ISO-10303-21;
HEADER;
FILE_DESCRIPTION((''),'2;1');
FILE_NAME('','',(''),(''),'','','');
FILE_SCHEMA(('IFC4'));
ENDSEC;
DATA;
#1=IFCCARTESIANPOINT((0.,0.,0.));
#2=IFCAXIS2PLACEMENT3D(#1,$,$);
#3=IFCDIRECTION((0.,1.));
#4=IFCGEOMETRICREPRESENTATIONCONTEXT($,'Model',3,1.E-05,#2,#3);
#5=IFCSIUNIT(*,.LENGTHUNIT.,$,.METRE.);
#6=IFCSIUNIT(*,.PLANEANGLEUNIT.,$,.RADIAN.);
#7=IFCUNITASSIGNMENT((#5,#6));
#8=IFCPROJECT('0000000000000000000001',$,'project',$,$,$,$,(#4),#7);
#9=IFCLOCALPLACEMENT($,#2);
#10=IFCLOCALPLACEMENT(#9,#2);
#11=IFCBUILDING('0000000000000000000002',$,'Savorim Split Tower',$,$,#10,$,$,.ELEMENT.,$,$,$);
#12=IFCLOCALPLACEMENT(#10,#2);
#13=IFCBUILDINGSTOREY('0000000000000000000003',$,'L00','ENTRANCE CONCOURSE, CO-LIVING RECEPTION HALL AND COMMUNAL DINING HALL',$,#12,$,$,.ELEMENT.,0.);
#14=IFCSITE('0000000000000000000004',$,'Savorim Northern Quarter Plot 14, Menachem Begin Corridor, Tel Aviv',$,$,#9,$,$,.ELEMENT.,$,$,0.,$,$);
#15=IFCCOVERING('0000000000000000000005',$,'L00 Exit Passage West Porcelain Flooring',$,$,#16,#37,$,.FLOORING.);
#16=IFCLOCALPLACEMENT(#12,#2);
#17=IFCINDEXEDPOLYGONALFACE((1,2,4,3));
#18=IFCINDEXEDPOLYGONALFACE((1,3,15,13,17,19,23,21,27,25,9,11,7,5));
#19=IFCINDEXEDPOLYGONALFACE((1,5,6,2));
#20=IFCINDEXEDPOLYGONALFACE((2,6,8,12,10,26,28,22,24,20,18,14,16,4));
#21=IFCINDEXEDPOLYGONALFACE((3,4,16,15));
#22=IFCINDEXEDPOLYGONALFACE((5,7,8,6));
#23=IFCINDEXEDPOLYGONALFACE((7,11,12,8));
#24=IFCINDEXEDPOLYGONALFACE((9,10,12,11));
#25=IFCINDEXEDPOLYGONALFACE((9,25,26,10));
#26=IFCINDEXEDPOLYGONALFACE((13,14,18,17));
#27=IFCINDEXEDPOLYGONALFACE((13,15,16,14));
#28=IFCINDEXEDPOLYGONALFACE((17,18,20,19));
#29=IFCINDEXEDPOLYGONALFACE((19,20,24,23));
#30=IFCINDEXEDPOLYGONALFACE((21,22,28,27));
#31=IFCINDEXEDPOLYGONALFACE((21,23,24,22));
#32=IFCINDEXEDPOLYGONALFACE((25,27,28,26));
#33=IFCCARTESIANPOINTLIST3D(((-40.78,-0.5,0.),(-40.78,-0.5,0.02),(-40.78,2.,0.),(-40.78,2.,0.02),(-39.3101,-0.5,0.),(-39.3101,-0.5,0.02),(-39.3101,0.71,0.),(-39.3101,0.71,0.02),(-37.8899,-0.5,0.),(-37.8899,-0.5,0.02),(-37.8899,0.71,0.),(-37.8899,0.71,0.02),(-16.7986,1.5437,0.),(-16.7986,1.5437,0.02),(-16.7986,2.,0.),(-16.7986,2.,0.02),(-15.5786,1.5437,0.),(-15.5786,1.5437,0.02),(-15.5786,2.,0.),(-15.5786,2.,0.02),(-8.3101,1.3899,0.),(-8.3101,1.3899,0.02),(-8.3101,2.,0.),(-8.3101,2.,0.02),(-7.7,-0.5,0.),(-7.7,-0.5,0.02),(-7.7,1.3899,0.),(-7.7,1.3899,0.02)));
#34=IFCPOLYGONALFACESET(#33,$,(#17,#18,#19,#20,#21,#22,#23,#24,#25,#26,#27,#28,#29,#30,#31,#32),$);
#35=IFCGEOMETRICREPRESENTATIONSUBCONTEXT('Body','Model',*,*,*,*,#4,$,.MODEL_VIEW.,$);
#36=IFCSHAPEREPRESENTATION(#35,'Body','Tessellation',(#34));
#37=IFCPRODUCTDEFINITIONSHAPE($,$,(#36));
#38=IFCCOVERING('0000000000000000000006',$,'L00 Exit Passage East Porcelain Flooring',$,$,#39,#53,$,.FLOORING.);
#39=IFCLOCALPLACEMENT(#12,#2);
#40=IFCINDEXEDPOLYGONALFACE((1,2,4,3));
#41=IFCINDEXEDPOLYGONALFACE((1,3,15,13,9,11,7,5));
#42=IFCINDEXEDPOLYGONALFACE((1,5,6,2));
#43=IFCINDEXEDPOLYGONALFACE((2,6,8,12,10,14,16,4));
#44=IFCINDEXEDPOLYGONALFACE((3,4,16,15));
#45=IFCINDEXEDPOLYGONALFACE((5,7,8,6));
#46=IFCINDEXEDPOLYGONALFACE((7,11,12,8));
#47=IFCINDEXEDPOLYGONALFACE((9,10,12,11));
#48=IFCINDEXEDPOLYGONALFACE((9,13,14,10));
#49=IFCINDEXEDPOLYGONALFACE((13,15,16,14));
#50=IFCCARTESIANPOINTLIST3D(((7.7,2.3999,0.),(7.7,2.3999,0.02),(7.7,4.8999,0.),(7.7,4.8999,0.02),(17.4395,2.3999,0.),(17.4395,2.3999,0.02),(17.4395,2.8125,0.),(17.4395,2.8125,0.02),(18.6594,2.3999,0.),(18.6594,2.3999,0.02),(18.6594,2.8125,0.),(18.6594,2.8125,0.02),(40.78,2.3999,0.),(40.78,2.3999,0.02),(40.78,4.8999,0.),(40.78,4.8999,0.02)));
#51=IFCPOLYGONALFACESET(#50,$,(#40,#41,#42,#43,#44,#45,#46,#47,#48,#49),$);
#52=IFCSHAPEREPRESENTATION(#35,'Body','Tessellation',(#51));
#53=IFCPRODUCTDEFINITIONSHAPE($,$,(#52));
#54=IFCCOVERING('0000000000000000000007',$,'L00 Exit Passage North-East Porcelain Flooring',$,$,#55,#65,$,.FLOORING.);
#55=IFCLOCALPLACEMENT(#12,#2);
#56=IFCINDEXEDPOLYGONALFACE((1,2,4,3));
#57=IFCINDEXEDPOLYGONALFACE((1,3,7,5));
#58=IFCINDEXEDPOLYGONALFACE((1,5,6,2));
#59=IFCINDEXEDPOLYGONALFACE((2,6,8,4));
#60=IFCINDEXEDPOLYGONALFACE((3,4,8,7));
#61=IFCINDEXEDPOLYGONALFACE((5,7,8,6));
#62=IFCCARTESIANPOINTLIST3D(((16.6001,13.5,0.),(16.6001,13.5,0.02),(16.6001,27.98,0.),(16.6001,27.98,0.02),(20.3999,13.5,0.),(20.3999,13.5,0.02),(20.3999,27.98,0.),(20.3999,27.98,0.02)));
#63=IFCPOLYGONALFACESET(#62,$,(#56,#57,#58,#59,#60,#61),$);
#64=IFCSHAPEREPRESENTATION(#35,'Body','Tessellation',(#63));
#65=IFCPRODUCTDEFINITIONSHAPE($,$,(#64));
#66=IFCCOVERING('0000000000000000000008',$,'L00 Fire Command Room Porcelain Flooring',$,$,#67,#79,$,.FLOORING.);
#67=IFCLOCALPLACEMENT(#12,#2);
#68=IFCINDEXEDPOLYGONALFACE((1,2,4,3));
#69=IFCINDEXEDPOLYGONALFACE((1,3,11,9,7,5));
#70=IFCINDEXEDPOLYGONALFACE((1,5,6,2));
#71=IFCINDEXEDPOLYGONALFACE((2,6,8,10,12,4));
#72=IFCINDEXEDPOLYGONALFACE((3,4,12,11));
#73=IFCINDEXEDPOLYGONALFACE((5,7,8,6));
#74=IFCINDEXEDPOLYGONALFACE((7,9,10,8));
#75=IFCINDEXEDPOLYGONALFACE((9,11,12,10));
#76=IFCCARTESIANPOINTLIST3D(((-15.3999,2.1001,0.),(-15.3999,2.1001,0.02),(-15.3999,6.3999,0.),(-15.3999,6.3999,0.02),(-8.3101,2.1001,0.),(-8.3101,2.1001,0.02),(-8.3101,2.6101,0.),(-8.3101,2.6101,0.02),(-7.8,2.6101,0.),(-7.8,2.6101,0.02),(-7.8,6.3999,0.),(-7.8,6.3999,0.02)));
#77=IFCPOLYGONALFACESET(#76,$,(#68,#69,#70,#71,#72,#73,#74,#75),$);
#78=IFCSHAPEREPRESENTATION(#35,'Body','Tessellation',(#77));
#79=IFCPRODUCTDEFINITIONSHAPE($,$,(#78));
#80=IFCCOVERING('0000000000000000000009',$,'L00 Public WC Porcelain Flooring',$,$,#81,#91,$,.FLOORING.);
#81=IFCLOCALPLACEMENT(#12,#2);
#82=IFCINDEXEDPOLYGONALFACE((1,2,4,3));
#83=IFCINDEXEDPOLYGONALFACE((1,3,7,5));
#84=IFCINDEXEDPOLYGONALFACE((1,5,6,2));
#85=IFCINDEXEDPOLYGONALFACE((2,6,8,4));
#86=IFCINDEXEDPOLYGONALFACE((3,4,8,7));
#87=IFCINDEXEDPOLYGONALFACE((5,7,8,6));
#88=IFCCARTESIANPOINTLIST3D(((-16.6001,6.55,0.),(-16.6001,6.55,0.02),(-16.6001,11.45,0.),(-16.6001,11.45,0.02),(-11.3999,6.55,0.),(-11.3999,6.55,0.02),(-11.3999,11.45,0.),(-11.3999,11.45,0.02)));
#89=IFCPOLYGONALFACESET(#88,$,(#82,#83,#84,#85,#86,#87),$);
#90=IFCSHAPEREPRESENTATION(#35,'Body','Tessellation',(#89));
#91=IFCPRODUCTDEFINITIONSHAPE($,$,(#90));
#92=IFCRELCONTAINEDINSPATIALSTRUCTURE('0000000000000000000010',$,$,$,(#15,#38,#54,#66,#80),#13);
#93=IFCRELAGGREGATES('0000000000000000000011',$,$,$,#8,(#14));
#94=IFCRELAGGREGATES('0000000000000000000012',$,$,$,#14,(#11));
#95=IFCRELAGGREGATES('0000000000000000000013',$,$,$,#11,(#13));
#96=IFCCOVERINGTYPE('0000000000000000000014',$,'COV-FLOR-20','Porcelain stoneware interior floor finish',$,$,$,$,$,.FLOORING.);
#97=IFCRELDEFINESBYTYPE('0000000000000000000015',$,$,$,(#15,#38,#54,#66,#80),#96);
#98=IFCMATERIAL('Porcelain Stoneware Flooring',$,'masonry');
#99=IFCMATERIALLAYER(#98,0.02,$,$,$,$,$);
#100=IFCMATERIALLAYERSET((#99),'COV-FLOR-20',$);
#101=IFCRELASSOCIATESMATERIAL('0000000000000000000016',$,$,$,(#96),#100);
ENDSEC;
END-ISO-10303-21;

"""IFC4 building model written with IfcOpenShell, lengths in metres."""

from ifc_helpers import new_model, si_unit, direction, origin, place, context, subcontext, project, spatial, polyline, outline, extrude, material, layer, layer_set, type_object, element, save


model = new_model("IFC4")

# Units and contexts
model_context = context("Model", 3, precision=1e-05, world=origin(), true_north=direction((0.0, 1.0)))
body_context = subcontext(model_context, "Body", "Model", "MODEL_VIEW")
ifc_project = project(units=[si_unit("LENGTHUNIT", "METRE"), si_unit("PLANEANGLEUNIT", "RADIAN")], contexts=[model_context])

# Site, building, storey
site_placement = place(None, origin())
site = spatial("IfcSite", under=ifc_project, at=site_placement, Name="Savorim Northern Quarter Plot 14, Menachem Begin Corridor, Tel Aviv", CompositionType="ELEMENT", RefElevation=0.0)
building_placement = place(site_placement, origin())
building = spatial("IfcBuilding", under=site, at=building_placement, Name="Savorim Split Tower", CompositionType="ELEMENT")
storey_placement = place(building_placement, origin())
storey = spatial("IfcBuildingStorey", under=building, at=storey_placement, Name="L00", Description="ENTRANCE CONCOURSE, CO-LIVING RECEPTION HALL AND COMMUNAL DINING HALL", CompositionType="ELEMENT", Elevation=0.0)

# Coverings
ifc_material_1 = material(Name="Porcelain Stoneware Flooring", Category="masonry")
ifc_layer_1 = layer(ifc_material_1, 0.02)
ifc_layer_set_1 = layer_set([ifc_layer_1], Name="COV-FLOR-20")
covering_type_1 = type_object("IfcCoveringType", Name="COV-FLOR-20", Description="Porcelain stoneware interior floor finish", PredefinedType="FLOORING", material=ifc_layer_set_1)
covering_1_placement = place(storey_placement, origin())
element("IfcCovering", 1, at=covering_1_placement, inside=storey, type_object=covering_type_1, Name="L00 Exit Passage West Porcelain Flooring", PredefinedType="FLOORING", context=body_context, shape_type="SweptSolid", body=[
    extrude(outline(polyline([(-37.8899, -0.5), (-7.7, -0.5), (-7.7, 1.3899), (-8.3101, 1.3899), (-8.3101, 2.0), (-15.5786, 2.0), (-15.5786, 1.5437), (-16.7986, 1.5437), (-16.7986, 2.0), (-40.78, 2.0), (-40.78, -0.5), (-39.3101, -0.5), (-39.3101, 0.71), (-37.8899, 0.71), (-37.8899, -0.5)])), origin(), (0.0, 0.0, 1.0), 0.02),
])
covering_2_placement = place(storey_placement, origin())
element("IfcCovering", 2, at=covering_2_placement, inside=storey, type_object=covering_type_1, Name="L00 Exit Passage East Porcelain Flooring", PredefinedType="FLOORING", context=body_context, shape_type="SweptSolid", body=[
    extrude(outline(polyline([(40.78, 4.8999), (7.7, 4.8999), (7.7, 2.3999), (17.4395, 2.3999), (17.4395, 2.8125), (18.6594, 2.8125), (18.6594, 2.3999), (40.78, 2.3999), (40.78, 4.8999)])), origin(), (0.0, 0.0, 1.0), 0.02),
])
covering_3_placement = place(storey_placement, origin())
element("IfcCovering", 3, at=covering_3_placement, inside=storey, type_object=covering_type_1, Name="L00 Exit Passage North-East Porcelain Flooring", PredefinedType="FLOORING", context=body_context, shape_type="SweptSolid", body=[
    extrude(outline(polyline([(16.6001, 27.98), (16.6001, 13.5), (20.3999, 13.5), (20.3999, 27.98), (16.6001, 27.98)])), origin(), (0.0, 0.0, 1.0), 0.02),
])
covering_4_placement = place(storey_placement, origin())
element("IfcCovering", 4, at=covering_4_placement, inside=storey, type_object=covering_type_1, Name="L00 Fire Command Room Porcelain Flooring", PredefinedType="FLOORING", context=body_context, shape_type="SweptSolid", body=[
    extrude(outline(polyline([(-15.3999, 6.3999), (-15.3999, 2.1001), (-8.3101, 2.1001), (-8.3101, 2.6101), (-7.8, 2.6101), (-7.8, 6.3999), (-15.3999, 6.3999)])), origin(), (0.0, 0.0, 1.0), 0.02),
])
covering_5_placement = place(storey_placement, origin())
element("IfcCovering", 5, at=covering_5_placement, inside=storey, type_object=covering_type_1, Name="L00 Public WC Porcelain Flooring", PredefinedType="FLOORING", context=body_context, shape_type="SweptSolid", body=[
    extrude(outline(polyline([(-16.6001, 11.45), (-16.6001, 6.55), (-11.3999, 6.55), (-11.3999, 11.45), (-16.6001, 11.45)])), origin(), (0.0, 0.0, 1.0), 0.02),
])

save(model, "model.ifc")
